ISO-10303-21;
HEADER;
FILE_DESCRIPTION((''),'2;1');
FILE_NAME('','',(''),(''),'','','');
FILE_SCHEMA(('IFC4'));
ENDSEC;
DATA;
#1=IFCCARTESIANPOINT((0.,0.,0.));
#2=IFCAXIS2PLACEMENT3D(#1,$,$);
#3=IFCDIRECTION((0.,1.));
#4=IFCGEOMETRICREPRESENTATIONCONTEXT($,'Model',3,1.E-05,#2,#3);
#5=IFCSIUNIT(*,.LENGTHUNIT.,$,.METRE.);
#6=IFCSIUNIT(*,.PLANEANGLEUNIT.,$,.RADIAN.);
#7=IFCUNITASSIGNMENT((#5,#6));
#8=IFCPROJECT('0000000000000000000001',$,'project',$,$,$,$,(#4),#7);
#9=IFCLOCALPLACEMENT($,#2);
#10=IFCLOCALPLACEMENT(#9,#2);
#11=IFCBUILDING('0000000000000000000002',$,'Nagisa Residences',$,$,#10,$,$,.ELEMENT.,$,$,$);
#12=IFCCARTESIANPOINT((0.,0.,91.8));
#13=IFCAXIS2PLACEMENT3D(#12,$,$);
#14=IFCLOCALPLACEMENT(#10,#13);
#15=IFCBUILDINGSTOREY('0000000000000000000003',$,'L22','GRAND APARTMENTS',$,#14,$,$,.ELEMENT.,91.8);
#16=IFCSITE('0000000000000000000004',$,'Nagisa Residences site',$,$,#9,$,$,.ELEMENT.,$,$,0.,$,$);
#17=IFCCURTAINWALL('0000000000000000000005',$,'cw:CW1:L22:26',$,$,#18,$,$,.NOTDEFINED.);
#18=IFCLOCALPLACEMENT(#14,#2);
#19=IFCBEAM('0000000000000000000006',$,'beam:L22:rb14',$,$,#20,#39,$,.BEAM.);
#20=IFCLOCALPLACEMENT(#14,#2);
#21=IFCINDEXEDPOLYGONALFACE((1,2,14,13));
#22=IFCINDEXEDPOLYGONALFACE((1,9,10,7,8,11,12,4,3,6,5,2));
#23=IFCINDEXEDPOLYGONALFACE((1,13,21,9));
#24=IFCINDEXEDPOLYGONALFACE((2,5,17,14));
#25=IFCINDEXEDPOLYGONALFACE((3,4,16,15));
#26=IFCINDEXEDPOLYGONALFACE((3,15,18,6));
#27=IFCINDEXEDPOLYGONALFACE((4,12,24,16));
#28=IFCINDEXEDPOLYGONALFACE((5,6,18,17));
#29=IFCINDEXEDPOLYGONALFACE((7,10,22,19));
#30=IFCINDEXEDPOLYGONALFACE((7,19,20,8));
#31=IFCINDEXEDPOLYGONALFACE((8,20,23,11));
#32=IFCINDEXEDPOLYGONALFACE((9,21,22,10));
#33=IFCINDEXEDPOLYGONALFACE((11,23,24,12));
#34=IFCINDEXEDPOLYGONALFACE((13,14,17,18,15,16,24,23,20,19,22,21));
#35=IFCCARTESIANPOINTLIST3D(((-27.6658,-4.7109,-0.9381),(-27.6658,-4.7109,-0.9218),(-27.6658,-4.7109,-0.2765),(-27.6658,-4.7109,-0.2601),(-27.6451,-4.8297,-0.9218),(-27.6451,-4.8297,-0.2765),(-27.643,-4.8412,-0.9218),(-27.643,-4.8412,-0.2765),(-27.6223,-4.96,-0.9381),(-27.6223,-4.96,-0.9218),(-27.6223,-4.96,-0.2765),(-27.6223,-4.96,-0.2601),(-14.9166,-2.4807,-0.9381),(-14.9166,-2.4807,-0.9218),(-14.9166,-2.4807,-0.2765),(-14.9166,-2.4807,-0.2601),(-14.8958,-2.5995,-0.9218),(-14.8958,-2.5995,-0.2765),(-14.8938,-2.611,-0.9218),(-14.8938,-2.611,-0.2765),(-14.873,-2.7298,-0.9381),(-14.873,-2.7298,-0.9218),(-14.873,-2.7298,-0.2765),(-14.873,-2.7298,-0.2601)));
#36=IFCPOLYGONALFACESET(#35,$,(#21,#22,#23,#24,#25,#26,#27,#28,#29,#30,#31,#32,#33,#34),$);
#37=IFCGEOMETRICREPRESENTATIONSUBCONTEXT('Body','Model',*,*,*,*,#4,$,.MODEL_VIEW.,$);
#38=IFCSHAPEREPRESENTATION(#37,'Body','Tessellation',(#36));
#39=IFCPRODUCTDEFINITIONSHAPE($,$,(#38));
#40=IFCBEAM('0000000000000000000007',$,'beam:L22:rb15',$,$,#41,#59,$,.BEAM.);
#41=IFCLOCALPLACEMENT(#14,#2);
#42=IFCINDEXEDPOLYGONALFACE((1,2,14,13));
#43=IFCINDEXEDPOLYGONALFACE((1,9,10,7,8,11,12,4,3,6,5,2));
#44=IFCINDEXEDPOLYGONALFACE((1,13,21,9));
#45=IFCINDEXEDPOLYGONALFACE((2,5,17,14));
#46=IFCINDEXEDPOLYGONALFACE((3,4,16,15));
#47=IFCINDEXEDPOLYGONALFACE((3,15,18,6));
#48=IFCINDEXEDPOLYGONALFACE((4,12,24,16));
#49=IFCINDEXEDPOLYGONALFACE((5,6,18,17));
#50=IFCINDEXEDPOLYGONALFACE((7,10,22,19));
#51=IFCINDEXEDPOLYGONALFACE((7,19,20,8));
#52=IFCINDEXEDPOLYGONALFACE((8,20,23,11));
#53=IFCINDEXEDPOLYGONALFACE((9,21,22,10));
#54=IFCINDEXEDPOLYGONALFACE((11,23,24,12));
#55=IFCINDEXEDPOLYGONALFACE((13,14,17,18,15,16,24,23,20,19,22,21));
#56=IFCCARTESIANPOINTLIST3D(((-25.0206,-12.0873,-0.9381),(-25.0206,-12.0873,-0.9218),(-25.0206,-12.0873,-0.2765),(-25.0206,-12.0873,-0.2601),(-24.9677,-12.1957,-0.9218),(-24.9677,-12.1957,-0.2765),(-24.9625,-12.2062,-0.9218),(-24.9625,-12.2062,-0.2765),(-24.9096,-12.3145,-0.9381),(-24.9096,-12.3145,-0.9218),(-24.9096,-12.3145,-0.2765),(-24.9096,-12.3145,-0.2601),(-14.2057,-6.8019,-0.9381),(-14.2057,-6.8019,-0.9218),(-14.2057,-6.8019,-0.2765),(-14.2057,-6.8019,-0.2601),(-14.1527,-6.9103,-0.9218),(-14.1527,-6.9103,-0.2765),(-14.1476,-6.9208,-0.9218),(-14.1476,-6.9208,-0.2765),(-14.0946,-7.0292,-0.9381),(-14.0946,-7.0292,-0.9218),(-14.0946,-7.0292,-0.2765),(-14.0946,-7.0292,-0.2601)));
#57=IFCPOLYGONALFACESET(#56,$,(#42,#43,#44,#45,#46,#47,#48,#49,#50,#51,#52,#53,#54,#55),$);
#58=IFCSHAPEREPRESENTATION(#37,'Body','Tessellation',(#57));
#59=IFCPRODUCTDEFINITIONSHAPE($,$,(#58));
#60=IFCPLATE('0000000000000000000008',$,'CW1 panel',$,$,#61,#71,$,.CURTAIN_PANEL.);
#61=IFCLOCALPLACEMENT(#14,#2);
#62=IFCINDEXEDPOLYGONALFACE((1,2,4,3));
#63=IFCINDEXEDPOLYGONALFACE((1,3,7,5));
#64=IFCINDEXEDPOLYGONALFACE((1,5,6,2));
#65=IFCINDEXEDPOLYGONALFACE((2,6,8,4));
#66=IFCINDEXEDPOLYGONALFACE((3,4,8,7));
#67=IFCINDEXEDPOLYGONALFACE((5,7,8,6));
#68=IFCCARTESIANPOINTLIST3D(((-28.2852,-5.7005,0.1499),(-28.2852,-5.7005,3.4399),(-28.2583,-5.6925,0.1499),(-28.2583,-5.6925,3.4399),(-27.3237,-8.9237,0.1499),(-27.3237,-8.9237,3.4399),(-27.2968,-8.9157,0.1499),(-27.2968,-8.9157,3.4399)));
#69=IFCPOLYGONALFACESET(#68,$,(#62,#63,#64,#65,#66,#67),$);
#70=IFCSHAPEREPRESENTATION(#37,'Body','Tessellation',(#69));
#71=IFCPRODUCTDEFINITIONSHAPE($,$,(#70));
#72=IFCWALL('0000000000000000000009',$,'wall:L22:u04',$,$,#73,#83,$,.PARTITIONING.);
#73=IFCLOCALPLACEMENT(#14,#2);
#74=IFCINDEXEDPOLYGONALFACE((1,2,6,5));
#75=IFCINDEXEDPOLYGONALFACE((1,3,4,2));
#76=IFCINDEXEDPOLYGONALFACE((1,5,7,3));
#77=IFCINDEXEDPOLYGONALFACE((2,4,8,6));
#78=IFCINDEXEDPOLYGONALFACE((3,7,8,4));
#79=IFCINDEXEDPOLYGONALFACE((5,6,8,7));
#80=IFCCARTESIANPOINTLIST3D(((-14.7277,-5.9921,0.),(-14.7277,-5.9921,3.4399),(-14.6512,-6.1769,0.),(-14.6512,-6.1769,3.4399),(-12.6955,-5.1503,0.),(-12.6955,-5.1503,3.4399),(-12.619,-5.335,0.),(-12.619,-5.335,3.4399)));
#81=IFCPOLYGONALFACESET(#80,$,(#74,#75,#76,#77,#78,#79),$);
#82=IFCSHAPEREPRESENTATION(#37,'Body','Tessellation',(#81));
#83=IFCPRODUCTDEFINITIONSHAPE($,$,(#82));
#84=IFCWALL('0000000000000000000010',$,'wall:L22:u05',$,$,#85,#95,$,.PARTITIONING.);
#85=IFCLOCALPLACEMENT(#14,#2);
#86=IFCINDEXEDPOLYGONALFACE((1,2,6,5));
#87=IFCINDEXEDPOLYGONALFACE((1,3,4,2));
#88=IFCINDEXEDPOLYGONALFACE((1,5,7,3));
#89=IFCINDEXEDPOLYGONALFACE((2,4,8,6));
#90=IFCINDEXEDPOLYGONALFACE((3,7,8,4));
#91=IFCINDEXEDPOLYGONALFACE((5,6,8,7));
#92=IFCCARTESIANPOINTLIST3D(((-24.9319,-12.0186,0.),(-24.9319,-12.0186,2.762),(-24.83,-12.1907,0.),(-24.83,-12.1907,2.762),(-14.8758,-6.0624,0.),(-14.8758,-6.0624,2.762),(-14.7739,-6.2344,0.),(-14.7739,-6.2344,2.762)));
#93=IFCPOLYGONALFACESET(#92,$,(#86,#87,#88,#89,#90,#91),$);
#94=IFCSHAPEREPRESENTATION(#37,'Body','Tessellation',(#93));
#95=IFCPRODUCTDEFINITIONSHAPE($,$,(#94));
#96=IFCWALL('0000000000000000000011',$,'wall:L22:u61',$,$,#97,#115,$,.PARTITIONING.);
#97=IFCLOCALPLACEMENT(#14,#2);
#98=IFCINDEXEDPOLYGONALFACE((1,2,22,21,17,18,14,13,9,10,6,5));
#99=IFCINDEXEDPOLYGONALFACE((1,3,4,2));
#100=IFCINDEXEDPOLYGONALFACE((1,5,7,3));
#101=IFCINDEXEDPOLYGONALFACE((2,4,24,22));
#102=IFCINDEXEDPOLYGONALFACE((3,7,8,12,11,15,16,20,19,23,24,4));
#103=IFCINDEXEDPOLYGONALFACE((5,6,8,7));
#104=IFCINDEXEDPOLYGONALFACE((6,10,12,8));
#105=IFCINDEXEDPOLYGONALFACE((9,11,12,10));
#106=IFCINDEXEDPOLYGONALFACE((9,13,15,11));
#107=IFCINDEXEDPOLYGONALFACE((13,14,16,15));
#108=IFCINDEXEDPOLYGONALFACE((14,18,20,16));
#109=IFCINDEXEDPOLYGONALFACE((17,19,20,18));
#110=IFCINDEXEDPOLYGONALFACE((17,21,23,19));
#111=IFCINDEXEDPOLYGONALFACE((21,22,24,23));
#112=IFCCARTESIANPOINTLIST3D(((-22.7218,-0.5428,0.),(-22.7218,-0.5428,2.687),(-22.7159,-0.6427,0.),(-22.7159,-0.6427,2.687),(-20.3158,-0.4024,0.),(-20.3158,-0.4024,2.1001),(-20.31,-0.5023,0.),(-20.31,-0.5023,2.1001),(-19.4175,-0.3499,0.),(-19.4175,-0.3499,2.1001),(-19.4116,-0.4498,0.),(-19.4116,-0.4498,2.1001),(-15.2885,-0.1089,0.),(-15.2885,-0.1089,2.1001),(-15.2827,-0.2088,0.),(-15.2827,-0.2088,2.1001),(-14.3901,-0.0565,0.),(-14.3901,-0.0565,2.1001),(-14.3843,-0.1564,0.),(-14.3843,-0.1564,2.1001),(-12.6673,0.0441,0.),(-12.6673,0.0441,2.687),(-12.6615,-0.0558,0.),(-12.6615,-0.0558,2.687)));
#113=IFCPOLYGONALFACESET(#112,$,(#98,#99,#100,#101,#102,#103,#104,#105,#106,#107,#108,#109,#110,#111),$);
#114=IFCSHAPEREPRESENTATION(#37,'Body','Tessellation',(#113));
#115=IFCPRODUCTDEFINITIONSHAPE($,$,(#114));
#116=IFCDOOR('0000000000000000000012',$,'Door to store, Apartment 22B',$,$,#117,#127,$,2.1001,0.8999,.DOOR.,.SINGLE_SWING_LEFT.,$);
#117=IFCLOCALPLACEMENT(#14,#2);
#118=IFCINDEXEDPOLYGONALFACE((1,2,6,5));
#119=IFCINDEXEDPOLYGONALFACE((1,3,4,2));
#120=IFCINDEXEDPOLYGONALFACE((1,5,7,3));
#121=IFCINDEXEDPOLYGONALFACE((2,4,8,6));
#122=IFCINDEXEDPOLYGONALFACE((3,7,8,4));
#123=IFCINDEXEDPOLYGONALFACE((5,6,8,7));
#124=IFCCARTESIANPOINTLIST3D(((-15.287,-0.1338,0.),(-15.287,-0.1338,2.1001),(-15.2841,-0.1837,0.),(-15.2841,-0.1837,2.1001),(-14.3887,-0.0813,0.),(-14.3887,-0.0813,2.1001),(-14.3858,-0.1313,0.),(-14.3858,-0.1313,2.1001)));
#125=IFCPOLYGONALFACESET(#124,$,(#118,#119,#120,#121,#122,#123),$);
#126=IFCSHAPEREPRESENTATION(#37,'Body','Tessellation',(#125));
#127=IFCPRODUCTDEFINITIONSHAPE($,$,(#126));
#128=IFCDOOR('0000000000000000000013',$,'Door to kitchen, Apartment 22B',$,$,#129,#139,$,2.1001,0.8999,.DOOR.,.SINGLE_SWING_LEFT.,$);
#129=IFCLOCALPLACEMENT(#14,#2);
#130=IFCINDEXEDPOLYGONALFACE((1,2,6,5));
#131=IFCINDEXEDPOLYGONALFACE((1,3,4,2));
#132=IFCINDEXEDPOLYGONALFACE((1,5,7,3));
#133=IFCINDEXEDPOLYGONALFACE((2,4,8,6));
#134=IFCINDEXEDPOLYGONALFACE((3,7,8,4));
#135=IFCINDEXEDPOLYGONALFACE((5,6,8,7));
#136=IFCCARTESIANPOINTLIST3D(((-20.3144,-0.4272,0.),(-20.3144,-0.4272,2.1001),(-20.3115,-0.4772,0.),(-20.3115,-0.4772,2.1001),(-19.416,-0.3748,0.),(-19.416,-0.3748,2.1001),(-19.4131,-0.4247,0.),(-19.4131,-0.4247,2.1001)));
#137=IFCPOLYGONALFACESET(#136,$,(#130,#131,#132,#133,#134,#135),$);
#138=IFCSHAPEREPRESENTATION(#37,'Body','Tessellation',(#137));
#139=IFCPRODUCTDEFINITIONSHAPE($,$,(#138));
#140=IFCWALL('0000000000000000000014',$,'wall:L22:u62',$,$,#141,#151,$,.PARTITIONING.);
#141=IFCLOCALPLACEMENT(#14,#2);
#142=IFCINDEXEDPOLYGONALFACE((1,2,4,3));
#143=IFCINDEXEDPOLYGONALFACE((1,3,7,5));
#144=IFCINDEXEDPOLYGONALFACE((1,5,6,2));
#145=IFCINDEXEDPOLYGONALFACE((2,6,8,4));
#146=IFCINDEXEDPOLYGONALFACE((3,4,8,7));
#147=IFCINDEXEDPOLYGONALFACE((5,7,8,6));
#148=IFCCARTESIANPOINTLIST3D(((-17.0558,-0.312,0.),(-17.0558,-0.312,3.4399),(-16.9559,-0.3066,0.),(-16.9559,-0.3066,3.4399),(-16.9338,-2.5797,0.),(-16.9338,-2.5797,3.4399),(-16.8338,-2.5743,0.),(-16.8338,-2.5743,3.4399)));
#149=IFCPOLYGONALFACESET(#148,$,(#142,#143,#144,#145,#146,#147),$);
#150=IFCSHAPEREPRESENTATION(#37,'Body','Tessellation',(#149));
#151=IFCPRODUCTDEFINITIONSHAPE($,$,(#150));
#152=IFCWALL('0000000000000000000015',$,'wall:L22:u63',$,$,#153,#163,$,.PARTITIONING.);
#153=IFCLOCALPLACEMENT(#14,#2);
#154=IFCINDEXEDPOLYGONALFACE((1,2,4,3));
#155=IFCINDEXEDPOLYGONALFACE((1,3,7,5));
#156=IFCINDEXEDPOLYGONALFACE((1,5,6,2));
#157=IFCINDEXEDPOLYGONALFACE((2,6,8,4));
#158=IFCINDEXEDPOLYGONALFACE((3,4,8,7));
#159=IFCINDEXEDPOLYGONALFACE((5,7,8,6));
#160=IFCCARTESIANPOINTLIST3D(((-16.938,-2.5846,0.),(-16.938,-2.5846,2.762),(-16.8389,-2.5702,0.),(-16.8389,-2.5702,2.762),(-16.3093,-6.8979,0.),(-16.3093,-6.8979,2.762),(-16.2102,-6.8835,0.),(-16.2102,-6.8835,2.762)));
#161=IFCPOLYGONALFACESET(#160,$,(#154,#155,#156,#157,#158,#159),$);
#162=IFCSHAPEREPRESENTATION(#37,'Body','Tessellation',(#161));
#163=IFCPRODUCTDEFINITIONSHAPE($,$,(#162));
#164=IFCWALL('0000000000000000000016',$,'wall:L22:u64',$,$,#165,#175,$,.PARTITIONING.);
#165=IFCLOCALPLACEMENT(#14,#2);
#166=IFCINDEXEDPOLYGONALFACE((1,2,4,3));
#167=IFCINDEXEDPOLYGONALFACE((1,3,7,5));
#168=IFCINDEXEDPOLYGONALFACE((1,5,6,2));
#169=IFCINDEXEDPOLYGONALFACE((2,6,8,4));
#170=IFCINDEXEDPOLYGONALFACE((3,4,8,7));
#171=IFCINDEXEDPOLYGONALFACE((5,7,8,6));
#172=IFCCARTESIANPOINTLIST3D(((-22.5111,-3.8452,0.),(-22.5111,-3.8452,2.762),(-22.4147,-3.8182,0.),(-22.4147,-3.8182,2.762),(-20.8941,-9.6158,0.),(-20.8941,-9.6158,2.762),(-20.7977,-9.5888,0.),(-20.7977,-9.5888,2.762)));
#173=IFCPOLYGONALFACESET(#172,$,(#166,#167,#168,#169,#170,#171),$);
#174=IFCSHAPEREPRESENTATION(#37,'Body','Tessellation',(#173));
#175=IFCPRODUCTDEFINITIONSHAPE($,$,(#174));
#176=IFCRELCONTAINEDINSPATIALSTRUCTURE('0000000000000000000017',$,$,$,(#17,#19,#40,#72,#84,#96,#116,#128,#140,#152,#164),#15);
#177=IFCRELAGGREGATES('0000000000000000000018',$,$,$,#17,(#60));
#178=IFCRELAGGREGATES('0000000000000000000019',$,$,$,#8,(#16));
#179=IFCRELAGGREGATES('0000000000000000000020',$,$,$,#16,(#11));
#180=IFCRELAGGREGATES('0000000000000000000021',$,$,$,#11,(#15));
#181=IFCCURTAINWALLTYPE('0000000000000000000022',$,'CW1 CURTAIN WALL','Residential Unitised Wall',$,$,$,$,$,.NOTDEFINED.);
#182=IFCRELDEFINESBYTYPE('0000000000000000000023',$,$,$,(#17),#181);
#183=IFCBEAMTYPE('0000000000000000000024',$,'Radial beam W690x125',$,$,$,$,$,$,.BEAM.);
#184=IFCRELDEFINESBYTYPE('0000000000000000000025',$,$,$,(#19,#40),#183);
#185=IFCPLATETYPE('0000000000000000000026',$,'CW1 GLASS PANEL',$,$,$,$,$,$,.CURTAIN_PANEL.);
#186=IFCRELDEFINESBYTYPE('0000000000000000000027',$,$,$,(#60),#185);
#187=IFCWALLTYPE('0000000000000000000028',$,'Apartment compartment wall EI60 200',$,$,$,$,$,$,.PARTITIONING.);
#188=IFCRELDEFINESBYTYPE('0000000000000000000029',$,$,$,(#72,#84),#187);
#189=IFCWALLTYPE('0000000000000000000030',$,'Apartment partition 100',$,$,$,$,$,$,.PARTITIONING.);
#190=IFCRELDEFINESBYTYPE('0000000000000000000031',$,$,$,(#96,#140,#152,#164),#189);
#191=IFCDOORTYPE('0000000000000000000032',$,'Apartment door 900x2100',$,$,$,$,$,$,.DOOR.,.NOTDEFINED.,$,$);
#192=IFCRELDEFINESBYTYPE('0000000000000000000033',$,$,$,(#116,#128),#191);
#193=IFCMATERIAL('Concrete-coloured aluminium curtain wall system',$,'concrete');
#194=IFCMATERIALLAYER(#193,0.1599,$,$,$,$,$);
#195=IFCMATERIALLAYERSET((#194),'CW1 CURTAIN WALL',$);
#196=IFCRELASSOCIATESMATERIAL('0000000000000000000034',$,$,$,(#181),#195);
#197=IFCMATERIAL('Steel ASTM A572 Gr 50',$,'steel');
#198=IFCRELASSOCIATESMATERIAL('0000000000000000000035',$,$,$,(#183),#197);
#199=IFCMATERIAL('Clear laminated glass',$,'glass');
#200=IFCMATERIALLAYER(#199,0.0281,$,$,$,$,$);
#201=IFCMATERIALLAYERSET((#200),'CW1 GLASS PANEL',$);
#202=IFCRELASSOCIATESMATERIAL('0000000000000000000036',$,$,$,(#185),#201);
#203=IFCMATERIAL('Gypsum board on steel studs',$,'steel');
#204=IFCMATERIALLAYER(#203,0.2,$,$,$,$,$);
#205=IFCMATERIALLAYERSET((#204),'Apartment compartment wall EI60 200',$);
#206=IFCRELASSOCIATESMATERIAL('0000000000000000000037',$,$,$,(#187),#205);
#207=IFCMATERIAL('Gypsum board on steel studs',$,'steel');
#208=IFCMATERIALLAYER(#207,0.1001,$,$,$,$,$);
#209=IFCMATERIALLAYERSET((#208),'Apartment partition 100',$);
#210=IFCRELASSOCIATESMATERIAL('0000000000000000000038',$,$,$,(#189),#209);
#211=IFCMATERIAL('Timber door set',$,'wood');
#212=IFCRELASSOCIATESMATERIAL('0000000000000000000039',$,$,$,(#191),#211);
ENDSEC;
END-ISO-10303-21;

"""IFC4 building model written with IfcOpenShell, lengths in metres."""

from ifc_helpers import new_model, si_unit, direction, frame, frame_2d, origin, origin_2d, place, context, subcontext, project, spatial, rectangle, i_section, extrude, material, layer, layer_set, material_profile, profile_set, type_object, element, fill, aggregate, save


model = new_model("IFC4")

# Units and contexts
model_context = context("Model", 3, precision=1e-05, world=origin(), true_north=direction((0.0, 1.0)))
body_context = subcontext(model_context, "Body", "Model", "MODEL_VIEW")
ifc_project = project(units=[si_unit("LENGTHUNIT", "METRE"), si_unit("PLANEANGLEUNIT", "RADIAN")], contexts=[model_context])

# Site, building, storey
site_placement = place(None, origin())
site = spatial("IfcSite", under=ifc_project, at=site_placement, Name="Nagisa Residences site", CompositionType="ELEMENT", RefElevation=0.0)
building_placement = place(site_placement, origin())
building = spatial("IfcBuilding", under=site, at=building_placement, Name="Nagisa Residences", CompositionType="ELEMENT")
storey_placement = place(building_placement, frame((0.0, 0.0, 91.8)))
storey = spatial("IfcBuildingStorey", under=building, at=storey_placement, Name="L22", Description="GRAND APARTMENTS", CompositionType="ELEMENT", Elevation=91.8)

# Curtain wall
ifc_material_1 = material(Name="Concrete-coloured aluminium curtain wall system", Category="concrete")
ifc_layer_1 = layer(ifc_material_1, 0.1599)
ifc_layer_set_1 = layer_set([ifc_layer_1], Name="CW1 CURTAIN WALL")
curtain_wall_type = type_object("IfcCurtainWallType", Name="CW1 CURTAIN WALL", Description="Residential Unitised Wall", PredefinedType="NOTDEFINED", material=ifc_layer_set_1)
curtain_wall_1_placement = place(storey_placement, origin())
curtain_wall_1 = element("IfcCurtainWall", 1, at=curtain_wall_1_placement, inside=storey, type_object=curtain_wall_type, Name="cw:CW1:L22:26", PredefinedType="NOTDEFINED")

# Beams
ifc_material_2 = material(Name="Steel ASTM A572 Gr 50", Category="steel")
ifc_material_profile_1 = material_profile(ifc_material_2, i_section(OverallWidth=0.2529, OverallDepth=0.678, WebThickness=0.0117, FlangeThickness=0.0164, at=origin_2d()), Name="W690x125")
ifc_profile_set_1 = profile_set([ifc_material_profile_1], Name="Steel ASTM A572 Gr 50")
beam_type_1 = type_object("IfcBeamType", Name="Radial beam W690x125", PredefinedType="BEAM", material=ifc_profile_set_1)
beam_1_placement = place(storey_placement, frame((-27.644, -4.8354, -0.5991), z_axis=(0.985042, 0.172313, 0.0), x_axis=(-0.172313, 0.985042, 0.0)))
element("IfcBeam", 2, at=beam_1_placement, inside=storey, type_object=beam_type_1, Name="beam:L22:rb14", PredefinedType="BEAM", context=body_context, shape_type="SweptSolid", body=[
    extrude(i_section(OverallWidth=0.2529, OverallDepth=0.678, WebThickness=0.0117, FlangeThickness=0.0164, at=origin_2d()), origin(), (0.0, 0.0, 1.0), 12.9429),
])
beam_2_placement = place(storey_placement, frame((-24.9651, -12.2009, -0.5991), z_axis=(0.898447, 0.439082, 0.0), x_axis=(-0.439082, 0.898447, 0.0)))
element("IfcBeam", 3, at=beam_2_placement, inside=storey, type_object=beam_type_1, Name="beam:L22:rb15", PredefinedType="BEAM", context=body_context, shape_type="SweptSolid", body=[
    extrude(i_section(OverallWidth=0.2529, OverallDepth=0.678, WebThickness=0.0117, FlangeThickness=0.0164, at=origin_2d()), origin(), (0.0, 0.0, 1.0), 12.0374),
])

# Plate
ifc_material_3 = material(Name="Clear laminated glass", Category="glass")
ifc_layer_2 = layer(ifc_material_3, 0.0281)
ifc_layer_set_2 = layer_set([ifc_layer_2], Name="CW1 GLASS PANEL")
plate_type = type_object("IfcPlateType", Name="CW1 GLASS PANEL", PredefinedType="CURTAIN_PANEL", material=ifc_layer_set_2)
plate_placement = place(storey_placement, frame((-27.791, -7.3081, 0.1499), z_axis=(0.0, 0.0, 1.0), x_axis=(0.28586, -0.958271, 0.0)))
plate = element("IfcPlate", 4, at=plate_placement, type_object=plate_type, Name="CW1 panel", PredefinedType="CURTAIN_PANEL", context=body_context, shape_type="SweptSolid", body=[
    extrude(rectangle(XDim=3.3635, YDim=0.0281, at=origin_2d()), origin(), (0.0, 0.0, 1.0), 3.29),
])
aggregate(curtain_wall_1, [plate])

# Walls
ifc_material_4 = material(Name="Gypsum board on steel studs", Category="steel")
ifc_layer_3 = layer(ifc_material_4, 0.2)
ifc_layer_set_3 = layer_set([ifc_layer_3], Name="Apartment compartment wall EI60 200")
wall_type_1 = type_object("IfcWallType", Name="Apartment compartment wall EI60 200", PredefinedType="PARTITIONING", material=ifc_layer_set_3)
wall_1_placement = place(storey_placement, frame((-12.6572, -5.2427, 0.0), z_axis=(0.0, 0.0, 1.0), x_axis=(-0.923876, -0.382692, 0.0)))
element("IfcWall", 5, at=wall_1_placement, inside=storey, type_object=wall_type_1, Name="wall:L22:u04", PredefinedType="PARTITIONING", context=body_context, shape_type="SweptSolid", body=[
    extrude(rectangle(XDim=2.1997, YDim=0.2, at=frame_2d((1.0999, 0.0))), origin(), (0.0, 0.0, 1.0), 3.4399),
])
wall_2_placement = place(storey_placement, frame((-14.825, -6.1484, 0.0), z_axis=(0.0, 0.0, 1.0), x_axis=(-0.8604, -0.509619, 0.0)))
element("IfcWall", 6, at=wall_2_placement, inside=storey, type_object=wall_type_1, Name="wall:L22:u05", PredefinedType="PARTITIONING", context=body_context, shape_type="SweptSolid", body=[
    extrude(rectangle(XDim=11.6877, YDim=0.2, at=frame_2d((5.8438, 0.0))), origin(), (0.0, 0.0, 1.0), 2.762),
])

# Wall, openings, doors
ifc_material_5 = material(Name="Gypsum board on steel studs", Category="steel")
ifc_layer_4 = layer(ifc_material_5, 0.1001)
ifc_layer_set_4 = layer_set([ifc_layer_4], Name="Apartment partition 100")
wall_type_2 = type_object("IfcWallType", Name="Apartment partition 100", PredefinedType="PARTITIONING", material=ifc_layer_set_4)
wall_3_placement = place(storey_placement, frame((-12.6646, -0.0059, 0.0), z_axis=(0.0, 0.0, 1.0), x_axis=(-0.998301, -0.058274, 0.0)))
wall_3 = element("IfcWall", 7, at=wall_3_placement, inside=storey, type_object=wall_type_2, Name="wall:L22:u61", PredefinedType="PARTITIONING", context=body_context, shape_type="SweptSolid", body=[
    extrude(rectangle(XDim=10.0715, YDim=0.1001, at=frame_2d((5.0356, 0.0))), origin(), (0.0, 0.0, 1.0), 2.687),
])
opening_1_placement = place(wall_3_placement, frame((1.7256, 0.0, 0.0)))
opening_1 = element("IfcOpeningElement", 8, at=opening_1_placement, cuts=wall_3, PredefinedType="OPENING", context=body_context, shape_type="SweptSolid", body=[
    extrude(rectangle(XDim=0.8999, YDim=2.1001, at=frame_2d((0.45, 1.05))), frame((0.0, 0.0601, 0.0), z_axis=(0.0, -1.0, 0.0), x_axis=(1.0, 0.0, 0.0)), (0.0, 0.0, 1.0), 0.1201),
])
opening_2_placement = place(wall_3_placement, frame((6.7615, 0.0, 0.0)))
opening_2 = element("IfcOpeningElement", 9, at=opening_2_placement, cuts=wall_3, PredefinedType="OPENING", context=body_context, shape_type="SweptSolid", body=[
    extrude(rectangle(XDim=0.8999, YDim=2.1001, at=frame_2d((0.45, 1.05))), frame((0.0, 0.0601, 0.0), z_axis=(0.0, -1.0, 0.0), x_axis=(1.0, 0.0, 0.0)), (0.0, 0.0, 1.0), 0.1201),
])
ifc_material_6 = material(Name="Timber door set", Category="wood")
door_type_1 = type_object("IfcDoorType", Name="Apartment door 900x2100", OperationType="NOTDEFINED", PredefinedType="DOOR", material=ifc_material_6)
door_1_placement = place(opening_1_placement, origin())
door_1 = element("IfcDoor", 10, at=door_1_placement, inside=storey, type_object=door_type_1, Name="Door to store, Apartment 22B", OperationType="SINGLE_SWING_LEFT", OverallHeight=2.1001, OverallWidth=0.8999, PredefinedType="DOOR", context=body_context, shape_type="SweptSolid", body=[
    extrude(rectangle(XDim=0.8999, YDim=2.1001, at=frame_2d((0.45, 1.05))), frame((0.0, 0.0249, 0.0), z_axis=(0.0, -1.0, 0.0), x_axis=(1.0, 0.0, 0.0)), (0.0, 0.0, 1.0), 0.05),
])
fill(opening_1, door_1)
door_2_placement = place(opening_2_placement, origin())
door_2 = element("IfcDoor", 11, at=door_2_placement, inside=storey, type_object=door_type_1, Name="Door to kitchen, Apartment 22B", OperationType="SINGLE_SWING_LEFT", OverallHeight=2.1001, OverallWidth=0.8999, PredefinedType="DOOR", context=body_context, shape_type="SweptSolid", body=[
    extrude(rectangle(XDim=0.8999, YDim=2.1001, at=frame_2d((0.45, 1.05))), frame((0.0, 0.0249, 0.0), z_axis=(0.0, -1.0, 0.0), x_axis=(1.0, 0.0, 0.0)), (0.0, 0.0, 1.0), 0.05),
])
fill(opening_2, door_2)

# Walls
wall_4_placement = place(storey_placement, frame((-17.0059, -0.3093, 0.0), z_axis=(0.0, 0.0, 1.0), x_axis=(0.053749, -0.998554, 0.0)))
element("IfcWall", 12, at=wall_4_placement, inside=storey, type_object=wall_type_2, Name="wall:L22:u62", PredefinedType="PARTITIONING", context=body_context, shape_type="SweptSolid", body=[
    extrude(rectangle(XDim=2.271, YDim=0.1001, at=frame_2d((1.1355, 0.0))), origin(), (0.0, 0.0, 1.0), 3.4399),
])
wall_5_placement = place(storey_placement, frame((-16.8884, -2.5774, 0.0), z_axis=(0.0, 0.0, 1.0), x_axis=(0.144228, -0.989544, 0.0)))
element("IfcWall", 13, at=wall_5_placement, inside=storey, type_object=wall_type_2, Name="wall:L22:u63", PredefinedType="PARTITIONING", context=body_context, shape_type="SweptSolid", body=[
    extrude(rectangle(XDim=4.3589, YDim=0.1001, at=frame_2d((2.1794, 0.0))), origin(), (0.0, 0.0, 1.0), 2.762),
])
wall_6_placement = place(storey_placement, frame((-22.4629, -3.8315, 0.0), z_axis=(0.0, 0.0, 1.0), x_axis=(0.269805, -0.962915, 0.0)))
element("IfcWall", 14, at=wall_6_placement, inside=storey, type_object=wall_type_2, Name="wall:L22:u64", PredefinedType="PARTITIONING", context=body_context, shape_type="SweptSolid", body=[
    extrude(rectangle(XDim=5.9929, YDim=0.1001, at=frame_2d((2.9966, 0.0))), origin(), (0.0, 0.0, 1.0), 2.762),
])

save(model, "model.ifc")
